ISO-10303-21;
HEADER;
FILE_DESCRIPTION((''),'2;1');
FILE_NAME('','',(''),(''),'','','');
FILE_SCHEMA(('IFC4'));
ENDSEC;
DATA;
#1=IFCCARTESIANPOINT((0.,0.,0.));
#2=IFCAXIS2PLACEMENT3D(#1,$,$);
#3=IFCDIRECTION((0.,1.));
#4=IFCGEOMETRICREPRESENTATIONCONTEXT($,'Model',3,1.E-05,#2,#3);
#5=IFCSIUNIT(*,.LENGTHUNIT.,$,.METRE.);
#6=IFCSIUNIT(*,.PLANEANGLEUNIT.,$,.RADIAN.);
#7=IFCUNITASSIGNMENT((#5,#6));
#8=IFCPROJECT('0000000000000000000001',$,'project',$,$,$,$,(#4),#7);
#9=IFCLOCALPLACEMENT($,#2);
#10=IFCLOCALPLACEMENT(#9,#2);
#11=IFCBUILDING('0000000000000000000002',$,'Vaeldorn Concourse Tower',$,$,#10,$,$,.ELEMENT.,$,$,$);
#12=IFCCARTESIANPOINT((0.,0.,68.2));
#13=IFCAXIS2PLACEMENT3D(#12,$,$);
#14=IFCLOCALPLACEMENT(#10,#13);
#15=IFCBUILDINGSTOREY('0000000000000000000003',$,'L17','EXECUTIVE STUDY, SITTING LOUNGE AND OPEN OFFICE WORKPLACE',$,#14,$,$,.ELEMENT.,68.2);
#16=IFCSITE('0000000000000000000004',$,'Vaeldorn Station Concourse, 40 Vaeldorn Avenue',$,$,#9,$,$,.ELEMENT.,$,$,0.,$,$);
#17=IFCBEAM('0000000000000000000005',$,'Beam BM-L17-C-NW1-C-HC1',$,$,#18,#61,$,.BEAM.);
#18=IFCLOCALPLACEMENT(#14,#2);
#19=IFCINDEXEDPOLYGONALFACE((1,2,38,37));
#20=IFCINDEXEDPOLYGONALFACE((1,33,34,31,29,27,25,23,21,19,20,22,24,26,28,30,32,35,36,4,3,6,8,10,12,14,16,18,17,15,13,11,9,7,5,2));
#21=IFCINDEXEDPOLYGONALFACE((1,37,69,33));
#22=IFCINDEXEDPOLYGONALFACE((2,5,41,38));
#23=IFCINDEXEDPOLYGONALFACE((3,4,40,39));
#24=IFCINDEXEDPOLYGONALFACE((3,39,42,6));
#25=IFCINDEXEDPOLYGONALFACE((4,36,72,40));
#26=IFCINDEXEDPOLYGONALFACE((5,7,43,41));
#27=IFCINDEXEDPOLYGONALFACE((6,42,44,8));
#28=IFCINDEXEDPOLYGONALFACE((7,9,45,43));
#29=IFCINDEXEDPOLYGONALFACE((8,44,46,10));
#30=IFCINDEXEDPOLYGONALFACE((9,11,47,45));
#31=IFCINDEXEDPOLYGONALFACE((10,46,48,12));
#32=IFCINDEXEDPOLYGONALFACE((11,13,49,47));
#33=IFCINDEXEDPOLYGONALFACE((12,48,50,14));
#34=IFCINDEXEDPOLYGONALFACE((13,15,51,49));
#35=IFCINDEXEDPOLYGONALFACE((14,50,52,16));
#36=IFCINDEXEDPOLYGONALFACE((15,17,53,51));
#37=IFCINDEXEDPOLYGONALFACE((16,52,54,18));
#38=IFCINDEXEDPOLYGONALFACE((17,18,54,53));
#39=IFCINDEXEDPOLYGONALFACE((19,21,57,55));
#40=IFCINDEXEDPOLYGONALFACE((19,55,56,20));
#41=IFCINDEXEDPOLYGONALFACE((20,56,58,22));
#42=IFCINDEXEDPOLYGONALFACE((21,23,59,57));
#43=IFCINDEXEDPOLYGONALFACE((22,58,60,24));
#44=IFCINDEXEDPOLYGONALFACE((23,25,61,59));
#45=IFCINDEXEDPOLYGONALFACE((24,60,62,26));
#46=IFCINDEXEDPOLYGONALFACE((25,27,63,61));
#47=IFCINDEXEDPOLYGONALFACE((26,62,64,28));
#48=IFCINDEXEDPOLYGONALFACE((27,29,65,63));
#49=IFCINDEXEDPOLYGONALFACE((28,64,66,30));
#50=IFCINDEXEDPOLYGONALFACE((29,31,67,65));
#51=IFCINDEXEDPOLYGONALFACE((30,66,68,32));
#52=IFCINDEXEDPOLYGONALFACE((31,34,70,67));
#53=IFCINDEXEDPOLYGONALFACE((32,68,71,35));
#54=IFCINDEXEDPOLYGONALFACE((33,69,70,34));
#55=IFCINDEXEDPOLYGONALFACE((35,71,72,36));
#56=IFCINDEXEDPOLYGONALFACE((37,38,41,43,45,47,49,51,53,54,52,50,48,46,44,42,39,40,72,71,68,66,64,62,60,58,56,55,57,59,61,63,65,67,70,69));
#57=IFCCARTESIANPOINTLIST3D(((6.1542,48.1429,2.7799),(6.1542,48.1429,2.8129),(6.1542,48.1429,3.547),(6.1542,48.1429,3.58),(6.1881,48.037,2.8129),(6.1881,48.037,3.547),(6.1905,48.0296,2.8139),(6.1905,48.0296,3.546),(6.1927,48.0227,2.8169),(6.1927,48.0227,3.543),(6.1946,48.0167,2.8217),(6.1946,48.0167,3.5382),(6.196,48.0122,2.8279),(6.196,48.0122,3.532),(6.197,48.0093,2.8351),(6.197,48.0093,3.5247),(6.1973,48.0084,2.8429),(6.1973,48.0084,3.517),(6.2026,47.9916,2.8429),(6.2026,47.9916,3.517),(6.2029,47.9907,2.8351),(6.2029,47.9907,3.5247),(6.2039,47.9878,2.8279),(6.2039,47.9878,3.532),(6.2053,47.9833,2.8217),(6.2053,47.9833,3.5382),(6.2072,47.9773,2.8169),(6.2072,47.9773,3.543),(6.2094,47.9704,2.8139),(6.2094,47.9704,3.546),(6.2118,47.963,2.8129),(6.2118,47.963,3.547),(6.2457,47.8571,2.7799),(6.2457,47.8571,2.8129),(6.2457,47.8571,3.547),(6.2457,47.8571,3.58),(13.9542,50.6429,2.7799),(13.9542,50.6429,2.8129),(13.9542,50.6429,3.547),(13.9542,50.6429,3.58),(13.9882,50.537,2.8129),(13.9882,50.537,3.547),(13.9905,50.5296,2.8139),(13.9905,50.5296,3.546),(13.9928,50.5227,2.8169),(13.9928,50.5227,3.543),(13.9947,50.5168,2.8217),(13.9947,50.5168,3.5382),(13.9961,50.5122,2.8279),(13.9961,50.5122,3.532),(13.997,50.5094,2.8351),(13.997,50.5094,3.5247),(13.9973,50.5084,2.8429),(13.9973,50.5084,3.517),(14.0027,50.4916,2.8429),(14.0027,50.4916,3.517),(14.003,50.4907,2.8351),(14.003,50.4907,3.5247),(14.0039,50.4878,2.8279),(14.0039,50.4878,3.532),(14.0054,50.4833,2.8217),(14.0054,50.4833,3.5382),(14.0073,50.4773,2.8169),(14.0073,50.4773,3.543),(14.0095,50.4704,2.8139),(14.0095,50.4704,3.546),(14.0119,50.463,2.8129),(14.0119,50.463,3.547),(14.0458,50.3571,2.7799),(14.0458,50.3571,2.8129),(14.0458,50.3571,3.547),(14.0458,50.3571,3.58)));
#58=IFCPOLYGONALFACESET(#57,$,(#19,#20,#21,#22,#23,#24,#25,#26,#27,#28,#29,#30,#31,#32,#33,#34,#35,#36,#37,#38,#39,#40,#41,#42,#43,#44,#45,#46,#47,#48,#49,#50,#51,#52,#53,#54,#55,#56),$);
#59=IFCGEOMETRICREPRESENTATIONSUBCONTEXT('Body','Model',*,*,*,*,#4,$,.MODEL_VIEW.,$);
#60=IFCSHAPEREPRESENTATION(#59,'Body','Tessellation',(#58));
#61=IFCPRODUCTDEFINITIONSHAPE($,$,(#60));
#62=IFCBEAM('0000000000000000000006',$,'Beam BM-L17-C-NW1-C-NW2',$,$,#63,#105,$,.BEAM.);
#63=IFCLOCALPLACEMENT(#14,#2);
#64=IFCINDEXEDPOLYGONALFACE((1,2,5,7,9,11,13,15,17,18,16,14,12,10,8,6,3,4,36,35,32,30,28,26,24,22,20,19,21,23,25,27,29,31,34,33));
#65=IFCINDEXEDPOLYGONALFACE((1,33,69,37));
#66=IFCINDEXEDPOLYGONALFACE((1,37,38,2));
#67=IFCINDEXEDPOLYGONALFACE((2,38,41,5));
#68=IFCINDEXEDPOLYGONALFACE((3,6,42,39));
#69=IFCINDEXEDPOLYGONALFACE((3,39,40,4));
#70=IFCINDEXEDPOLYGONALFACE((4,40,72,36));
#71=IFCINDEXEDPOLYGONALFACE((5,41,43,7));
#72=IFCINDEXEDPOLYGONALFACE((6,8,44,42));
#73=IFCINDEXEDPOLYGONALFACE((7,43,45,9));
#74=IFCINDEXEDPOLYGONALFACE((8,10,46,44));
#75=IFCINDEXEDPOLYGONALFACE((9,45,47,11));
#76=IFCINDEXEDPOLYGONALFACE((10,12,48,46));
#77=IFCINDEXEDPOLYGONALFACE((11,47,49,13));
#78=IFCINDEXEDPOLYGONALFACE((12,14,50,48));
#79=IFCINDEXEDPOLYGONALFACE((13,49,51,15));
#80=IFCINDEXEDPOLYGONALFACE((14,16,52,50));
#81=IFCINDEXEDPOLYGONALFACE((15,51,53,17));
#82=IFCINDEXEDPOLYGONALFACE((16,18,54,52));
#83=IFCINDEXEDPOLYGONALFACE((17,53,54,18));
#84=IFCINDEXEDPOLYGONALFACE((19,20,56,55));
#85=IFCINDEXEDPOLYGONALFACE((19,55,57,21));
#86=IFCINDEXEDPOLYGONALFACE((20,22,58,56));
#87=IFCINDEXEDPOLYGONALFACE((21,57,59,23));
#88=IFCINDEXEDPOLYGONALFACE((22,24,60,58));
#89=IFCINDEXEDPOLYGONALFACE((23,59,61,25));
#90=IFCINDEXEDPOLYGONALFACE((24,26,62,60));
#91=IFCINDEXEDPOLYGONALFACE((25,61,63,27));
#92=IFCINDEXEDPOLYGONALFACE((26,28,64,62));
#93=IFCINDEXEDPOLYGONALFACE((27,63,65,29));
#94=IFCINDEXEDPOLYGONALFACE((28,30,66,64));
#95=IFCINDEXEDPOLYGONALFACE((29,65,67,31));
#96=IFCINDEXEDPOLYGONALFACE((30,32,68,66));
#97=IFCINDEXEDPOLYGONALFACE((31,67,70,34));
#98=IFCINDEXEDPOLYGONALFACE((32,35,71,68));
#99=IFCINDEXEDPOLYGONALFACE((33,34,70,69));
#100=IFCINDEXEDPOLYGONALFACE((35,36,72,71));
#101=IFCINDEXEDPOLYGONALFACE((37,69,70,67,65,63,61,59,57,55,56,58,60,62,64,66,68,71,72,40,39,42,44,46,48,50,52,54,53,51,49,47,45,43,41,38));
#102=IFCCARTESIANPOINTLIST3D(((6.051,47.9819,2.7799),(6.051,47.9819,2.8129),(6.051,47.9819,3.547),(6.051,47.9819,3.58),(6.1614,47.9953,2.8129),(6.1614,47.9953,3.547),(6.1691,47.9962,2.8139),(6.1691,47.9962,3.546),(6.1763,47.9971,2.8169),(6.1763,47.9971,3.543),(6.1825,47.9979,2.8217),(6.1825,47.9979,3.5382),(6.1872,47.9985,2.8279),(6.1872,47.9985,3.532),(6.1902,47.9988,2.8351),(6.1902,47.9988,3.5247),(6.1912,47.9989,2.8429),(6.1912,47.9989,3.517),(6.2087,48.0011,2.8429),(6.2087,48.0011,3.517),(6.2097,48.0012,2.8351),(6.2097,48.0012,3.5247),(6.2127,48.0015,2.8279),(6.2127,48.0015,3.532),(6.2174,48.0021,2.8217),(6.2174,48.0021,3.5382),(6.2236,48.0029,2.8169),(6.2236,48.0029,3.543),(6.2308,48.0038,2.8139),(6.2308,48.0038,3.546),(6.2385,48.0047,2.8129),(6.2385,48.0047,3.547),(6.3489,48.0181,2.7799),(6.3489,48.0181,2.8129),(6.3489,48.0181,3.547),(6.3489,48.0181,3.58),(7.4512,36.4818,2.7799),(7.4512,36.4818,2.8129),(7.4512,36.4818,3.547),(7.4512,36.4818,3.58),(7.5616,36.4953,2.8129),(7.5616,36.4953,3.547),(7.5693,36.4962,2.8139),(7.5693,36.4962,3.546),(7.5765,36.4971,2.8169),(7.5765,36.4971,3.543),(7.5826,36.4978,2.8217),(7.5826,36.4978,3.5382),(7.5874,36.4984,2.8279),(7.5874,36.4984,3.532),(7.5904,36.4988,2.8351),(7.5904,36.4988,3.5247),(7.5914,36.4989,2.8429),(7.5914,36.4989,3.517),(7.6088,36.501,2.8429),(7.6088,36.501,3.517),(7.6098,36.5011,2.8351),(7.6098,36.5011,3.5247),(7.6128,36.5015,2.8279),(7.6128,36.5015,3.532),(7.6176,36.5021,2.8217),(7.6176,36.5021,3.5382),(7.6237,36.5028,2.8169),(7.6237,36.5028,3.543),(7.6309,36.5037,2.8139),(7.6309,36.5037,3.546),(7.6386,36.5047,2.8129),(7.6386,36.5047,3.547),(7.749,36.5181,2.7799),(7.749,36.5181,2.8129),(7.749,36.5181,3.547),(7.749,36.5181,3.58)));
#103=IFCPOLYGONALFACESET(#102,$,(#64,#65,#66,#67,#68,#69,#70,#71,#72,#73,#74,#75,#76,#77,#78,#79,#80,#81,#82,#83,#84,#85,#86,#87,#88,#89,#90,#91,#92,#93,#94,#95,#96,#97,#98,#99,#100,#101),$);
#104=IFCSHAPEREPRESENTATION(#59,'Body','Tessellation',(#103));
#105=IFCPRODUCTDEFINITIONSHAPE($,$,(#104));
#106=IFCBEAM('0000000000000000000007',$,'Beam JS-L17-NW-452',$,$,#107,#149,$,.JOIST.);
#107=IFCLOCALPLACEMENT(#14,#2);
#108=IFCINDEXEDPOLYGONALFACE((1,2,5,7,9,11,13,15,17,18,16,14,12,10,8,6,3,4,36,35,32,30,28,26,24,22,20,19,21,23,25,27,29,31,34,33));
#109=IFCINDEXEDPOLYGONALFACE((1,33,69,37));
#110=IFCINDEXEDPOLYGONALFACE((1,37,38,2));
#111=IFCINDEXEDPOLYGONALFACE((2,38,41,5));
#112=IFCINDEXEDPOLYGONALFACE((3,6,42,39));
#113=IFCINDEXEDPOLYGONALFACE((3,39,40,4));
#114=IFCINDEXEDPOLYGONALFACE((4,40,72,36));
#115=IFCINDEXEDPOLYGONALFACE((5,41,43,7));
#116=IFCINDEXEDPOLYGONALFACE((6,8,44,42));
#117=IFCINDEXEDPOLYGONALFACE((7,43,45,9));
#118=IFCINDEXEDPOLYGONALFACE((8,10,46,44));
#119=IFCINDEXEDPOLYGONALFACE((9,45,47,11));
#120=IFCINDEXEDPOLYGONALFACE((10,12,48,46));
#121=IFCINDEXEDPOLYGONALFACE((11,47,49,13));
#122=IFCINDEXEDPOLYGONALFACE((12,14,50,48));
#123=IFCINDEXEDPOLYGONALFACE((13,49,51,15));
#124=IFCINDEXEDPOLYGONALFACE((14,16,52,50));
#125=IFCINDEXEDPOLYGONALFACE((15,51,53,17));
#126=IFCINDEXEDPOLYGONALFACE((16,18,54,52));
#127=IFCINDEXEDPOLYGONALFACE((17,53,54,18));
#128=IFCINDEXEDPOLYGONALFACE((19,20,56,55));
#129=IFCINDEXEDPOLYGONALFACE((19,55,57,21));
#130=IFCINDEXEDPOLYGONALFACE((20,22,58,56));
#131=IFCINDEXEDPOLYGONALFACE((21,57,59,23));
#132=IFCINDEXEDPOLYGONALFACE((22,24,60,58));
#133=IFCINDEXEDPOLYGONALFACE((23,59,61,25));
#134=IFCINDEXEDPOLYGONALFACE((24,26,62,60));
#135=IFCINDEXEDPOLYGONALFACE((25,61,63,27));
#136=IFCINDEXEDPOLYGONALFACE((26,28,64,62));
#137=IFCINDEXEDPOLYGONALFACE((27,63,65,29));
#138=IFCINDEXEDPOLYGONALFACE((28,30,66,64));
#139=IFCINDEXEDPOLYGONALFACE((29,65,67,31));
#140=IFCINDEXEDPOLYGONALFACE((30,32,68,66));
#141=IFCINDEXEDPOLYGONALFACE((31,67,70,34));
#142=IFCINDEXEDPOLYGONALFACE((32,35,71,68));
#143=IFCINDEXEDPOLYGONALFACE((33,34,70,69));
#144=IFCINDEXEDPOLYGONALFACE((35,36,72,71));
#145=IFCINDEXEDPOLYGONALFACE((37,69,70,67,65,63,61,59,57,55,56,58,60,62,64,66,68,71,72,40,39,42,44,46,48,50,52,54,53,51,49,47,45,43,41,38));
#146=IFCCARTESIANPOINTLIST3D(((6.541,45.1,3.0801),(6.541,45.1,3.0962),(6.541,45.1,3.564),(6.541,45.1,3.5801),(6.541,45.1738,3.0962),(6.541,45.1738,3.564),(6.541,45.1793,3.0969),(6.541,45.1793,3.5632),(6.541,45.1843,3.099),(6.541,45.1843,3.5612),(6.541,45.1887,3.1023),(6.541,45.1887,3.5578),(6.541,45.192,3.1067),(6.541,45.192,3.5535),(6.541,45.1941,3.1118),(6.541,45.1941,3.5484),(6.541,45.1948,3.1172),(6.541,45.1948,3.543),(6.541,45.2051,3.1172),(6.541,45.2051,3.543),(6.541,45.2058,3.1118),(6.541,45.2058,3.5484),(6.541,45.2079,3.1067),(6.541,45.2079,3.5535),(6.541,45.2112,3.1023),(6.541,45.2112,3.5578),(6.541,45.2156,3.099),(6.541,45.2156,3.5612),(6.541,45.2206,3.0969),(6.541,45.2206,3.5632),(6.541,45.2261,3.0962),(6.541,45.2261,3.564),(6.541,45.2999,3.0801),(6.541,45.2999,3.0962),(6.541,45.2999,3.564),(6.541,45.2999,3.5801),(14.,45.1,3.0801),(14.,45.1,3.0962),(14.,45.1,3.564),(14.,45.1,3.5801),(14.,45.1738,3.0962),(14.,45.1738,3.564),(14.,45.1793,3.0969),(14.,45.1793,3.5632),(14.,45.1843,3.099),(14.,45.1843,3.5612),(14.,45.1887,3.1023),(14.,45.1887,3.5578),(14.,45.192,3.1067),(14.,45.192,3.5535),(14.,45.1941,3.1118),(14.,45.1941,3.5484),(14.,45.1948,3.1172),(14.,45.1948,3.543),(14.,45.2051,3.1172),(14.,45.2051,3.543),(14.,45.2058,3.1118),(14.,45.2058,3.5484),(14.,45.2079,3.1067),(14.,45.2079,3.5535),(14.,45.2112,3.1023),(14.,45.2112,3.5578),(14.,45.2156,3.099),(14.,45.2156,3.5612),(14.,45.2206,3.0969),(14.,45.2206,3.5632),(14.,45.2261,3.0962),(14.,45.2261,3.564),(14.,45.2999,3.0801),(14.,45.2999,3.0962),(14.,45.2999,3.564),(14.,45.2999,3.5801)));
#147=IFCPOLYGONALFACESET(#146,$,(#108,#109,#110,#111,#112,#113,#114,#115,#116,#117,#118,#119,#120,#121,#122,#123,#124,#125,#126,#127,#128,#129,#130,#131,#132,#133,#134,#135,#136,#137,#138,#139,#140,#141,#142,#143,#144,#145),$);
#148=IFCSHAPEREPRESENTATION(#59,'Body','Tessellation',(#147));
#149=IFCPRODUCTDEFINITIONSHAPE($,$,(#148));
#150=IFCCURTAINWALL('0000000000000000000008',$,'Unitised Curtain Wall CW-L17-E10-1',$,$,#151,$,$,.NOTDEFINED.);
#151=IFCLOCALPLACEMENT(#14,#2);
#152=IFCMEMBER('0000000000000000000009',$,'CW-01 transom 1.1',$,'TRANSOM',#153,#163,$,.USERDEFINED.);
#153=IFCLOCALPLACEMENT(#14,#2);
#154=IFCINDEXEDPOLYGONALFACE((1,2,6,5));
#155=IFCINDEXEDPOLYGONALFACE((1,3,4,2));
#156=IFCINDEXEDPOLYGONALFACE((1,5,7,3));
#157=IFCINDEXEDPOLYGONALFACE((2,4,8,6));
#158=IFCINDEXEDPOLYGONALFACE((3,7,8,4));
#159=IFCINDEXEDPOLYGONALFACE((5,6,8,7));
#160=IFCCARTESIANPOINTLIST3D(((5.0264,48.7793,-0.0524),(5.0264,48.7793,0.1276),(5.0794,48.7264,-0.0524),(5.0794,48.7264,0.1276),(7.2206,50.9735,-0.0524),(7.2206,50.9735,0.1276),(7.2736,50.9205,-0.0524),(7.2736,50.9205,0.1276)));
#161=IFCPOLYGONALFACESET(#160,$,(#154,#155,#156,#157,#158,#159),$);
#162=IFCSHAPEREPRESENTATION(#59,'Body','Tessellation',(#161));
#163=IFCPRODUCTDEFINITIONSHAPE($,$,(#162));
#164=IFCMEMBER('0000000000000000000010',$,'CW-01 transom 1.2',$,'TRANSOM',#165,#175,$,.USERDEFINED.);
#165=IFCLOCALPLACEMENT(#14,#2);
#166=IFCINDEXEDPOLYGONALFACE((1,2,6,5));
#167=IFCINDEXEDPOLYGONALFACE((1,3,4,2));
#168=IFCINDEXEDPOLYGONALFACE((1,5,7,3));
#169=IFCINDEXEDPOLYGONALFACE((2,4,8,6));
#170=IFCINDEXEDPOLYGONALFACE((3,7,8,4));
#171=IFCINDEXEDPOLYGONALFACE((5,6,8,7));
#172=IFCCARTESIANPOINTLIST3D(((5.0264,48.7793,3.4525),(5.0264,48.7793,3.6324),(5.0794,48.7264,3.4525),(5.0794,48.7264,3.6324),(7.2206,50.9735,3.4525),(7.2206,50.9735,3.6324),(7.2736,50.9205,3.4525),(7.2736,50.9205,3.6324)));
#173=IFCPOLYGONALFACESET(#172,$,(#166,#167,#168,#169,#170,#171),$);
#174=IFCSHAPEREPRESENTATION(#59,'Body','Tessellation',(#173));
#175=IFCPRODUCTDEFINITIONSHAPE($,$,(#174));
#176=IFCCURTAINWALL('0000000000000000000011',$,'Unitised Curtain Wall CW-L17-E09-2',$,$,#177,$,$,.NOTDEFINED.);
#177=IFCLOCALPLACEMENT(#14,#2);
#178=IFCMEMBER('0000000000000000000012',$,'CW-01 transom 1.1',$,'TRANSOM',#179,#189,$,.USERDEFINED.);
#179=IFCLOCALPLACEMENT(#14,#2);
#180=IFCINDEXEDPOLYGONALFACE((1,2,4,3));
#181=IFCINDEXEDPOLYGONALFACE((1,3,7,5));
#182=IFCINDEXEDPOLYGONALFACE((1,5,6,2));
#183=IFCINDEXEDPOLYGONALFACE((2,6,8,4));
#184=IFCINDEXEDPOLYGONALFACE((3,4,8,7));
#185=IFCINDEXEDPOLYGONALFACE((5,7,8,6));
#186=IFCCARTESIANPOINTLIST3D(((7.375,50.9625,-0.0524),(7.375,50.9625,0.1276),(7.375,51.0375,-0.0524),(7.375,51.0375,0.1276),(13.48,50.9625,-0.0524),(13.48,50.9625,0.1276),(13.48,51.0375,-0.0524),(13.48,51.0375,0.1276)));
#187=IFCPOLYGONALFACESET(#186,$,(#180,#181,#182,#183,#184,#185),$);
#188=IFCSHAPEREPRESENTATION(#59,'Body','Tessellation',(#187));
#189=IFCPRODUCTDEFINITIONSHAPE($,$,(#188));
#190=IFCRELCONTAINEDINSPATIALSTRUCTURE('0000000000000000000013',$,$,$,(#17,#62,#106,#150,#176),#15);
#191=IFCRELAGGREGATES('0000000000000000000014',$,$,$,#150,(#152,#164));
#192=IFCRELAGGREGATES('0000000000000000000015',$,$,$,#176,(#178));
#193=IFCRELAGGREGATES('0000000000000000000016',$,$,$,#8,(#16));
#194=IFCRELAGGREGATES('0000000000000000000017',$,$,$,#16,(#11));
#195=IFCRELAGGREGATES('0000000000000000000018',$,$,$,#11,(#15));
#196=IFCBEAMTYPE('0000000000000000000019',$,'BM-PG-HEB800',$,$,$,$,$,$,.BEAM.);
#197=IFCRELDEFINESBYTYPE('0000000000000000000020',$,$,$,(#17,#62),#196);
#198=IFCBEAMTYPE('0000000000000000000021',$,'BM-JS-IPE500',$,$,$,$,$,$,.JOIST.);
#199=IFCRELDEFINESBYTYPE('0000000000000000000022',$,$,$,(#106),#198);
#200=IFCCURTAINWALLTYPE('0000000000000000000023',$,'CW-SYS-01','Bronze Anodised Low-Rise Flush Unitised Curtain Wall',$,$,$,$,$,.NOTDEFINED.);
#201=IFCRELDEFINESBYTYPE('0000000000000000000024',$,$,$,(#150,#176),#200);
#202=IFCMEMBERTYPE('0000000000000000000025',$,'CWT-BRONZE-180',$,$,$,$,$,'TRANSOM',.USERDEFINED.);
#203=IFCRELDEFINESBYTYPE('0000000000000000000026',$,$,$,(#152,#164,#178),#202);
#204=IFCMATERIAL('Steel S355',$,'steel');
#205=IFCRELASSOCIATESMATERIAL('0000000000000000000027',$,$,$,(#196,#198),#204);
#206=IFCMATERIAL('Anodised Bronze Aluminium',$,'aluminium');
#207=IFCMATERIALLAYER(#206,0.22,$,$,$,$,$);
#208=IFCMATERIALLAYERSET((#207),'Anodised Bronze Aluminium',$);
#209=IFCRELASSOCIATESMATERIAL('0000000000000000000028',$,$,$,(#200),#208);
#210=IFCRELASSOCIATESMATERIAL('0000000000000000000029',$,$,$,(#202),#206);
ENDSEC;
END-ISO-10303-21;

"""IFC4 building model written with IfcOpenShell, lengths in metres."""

from ifc_helpers import new_model, si_unit, direction, frame, origin, origin_2d, place, context, subcontext, project, spatial, rectangle, i_section, extrude, source, transform, mapped, material, layer, layer_set, material_profile, profile_set, type_object, element, aggregate, save


model = new_model("IFC4")

# Units and contexts
model_context = context("Model", 3, precision=1e-05, world=origin(), true_north=direction((0.0, 1.0)))
body_context = subcontext(model_context, "Body", "Model", "MODEL_VIEW")
ifc_project = project(units=[si_unit("LENGTHUNIT", "METRE"), si_unit("PLANEANGLEUNIT", "RADIAN")], contexts=[model_context])

# Site, building, storey
site_placement = place(None, origin())
site = spatial("IfcSite", under=ifc_project, at=site_placement, Name="Vaeldorn Station Concourse, 40 Vaeldorn Avenue", CompositionType="ELEMENT", RefElevation=0.0)
building_placement = place(site_placement, origin())
building = spatial("IfcBuilding", under=site, at=building_placement, Name="Vaeldorn Concourse Tower", CompositionType="ELEMENT")
storey_placement = place(building_placement, frame((0.0, 0.0, 68.2)))
storey = spatial("IfcBuildingStorey", under=building, at=storey_placement, Name="L17", Description="EXECUTIVE STUDY, SITTING LOUNGE AND OPEN OFFICE WORKPLACE", CompositionType="ELEMENT", Elevation=68.2)

# Beams
ifc_material_1 = material(Name="Steel S355", Category="steel")
ifc_material_profile_1 = material_profile(ifc_material_1, i_section(OverallWidth=0.3, OverallDepth=0.8, WebThickness=0.0176, FlangeThickness=0.033, FilletRadius=0.03, at=origin_2d()), Name="HEB 800")
ifc_profile_set_1 = profile_set([ifc_material_profile_1], Name="Steel S355")
beam_type_1 = type_object("IfcBeamType", Name="BM-PG-HEB800", PredefinedType="BEAM", material=ifc_profile_set_1)
shared_shape_1 = source(origin(), body_context, "Body", "SweptSolid", [
    extrude(i_section(OverallWidth=0.3, OverallDepth=0.8, WebThickness=0.0176, FlangeThickness=0.033, FilletRadius=0.03, at=origin_2d()), origin(), (0.0, 0.0, 1.0), 8.1909),
])
beam_1_placement = place(storey_placement, frame((6.2, 48.0, 3.1799), z_axis=(0.952283, 0.305217, 0.0), x_axis=(-0.305217, 0.952283, 0.0)))
element("IfcBeam", 1, at=beam_1_placement, inside=storey, type_object=beam_type_1, Name="Beam BM-L17-C-NW1-C-HC1", PredefinedType="BEAM", context=body_context, shape_type="MappedRepresentation", body=[
    mapped(shared_shape_1, transform((0.0, 0.0, 0.0), scale=1.0)),
])
shared_shape_2 = source(origin(), body_context, "Body", "SweptSolid", [
    extrude(i_section(OverallWidth=0.3, OverallDepth=0.8, WebThickness=0.0176, FlangeThickness=0.033, FilletRadius=0.03, at=origin_2d()), origin(), (0.0, 0.0, 1.0), 11.585),
])
beam_2_placement = place(storey_placement, frame((6.2, 48.0, 3.1799), z_axis=(0.120859, -0.99267, 0.0), x_axis=(0.99267, 0.120859, 0.0)))
element("IfcBeam", 2, at=beam_2_placement, inside=storey, type_object=beam_type_1, Name="Beam BM-L17-C-NW1-C-NW2", PredefinedType="BEAM", context=body_context, shape_type="MappedRepresentation", body=[
    mapped(shared_shape_2, transform((0.0, 0.0, 0.0), scale=1.0)),
])
ifc_material_profile_2 = material_profile(ifc_material_1, i_section(OverallWidth=0.2, OverallDepth=0.5, WebThickness=0.0103, FlangeThickness=0.0161, FilletRadius=0.021, at=origin_2d()), Name="IPE 500")
ifc_profile_set_2 = profile_set([ifc_material_profile_2], Name="Steel S355")
beam_type_2 = type_object("IfcBeamType", Name="BM-JS-IPE500", PredefinedType="JOIST", material=ifc_profile_set_2)
shared_shape_3 = source(origin(), body_context, "Body", "SweptSolid", [
    extrude(i_section(OverallWidth=0.2, OverallDepth=0.5, WebThickness=0.0103, FlangeThickness=0.0161, FilletRadius=0.021, at=origin_2d()), origin(), (0.0, 0.0, 1.0), 7.459),
])
beam_3_placement = place(storey_placement, frame((6.541, 45.2, 3.3301), z_axis=(1.0, 0.0, 0.0), x_axis=(0.0, 1.0, 0.0)))
element("IfcBeam", 3, at=beam_3_placement, inside=storey, type_object=beam_type_2, Name="Beam JS-L17-NW-452", PredefinedType="JOIST", context=body_context, shape_type="MappedRepresentation", body=[
    mapped(shared_shape_3, transform((0.0, 0.0, 0.0), scale=1.0)),
])

# Curtain walls, members
ifc_material_2 = material(Name="Anodised Bronze Aluminium", Category="aluminium")
ifc_layer_1 = layer(ifc_material_2, 0.22)
ifc_layer_set_1 = layer_set([ifc_layer_1], Name="Anodised Bronze Aluminium")
curtain_wall_type = type_object("IfcCurtainWallType", Name="CW-SYS-01", Description="Bronze Anodised Low-Rise Flush Unitised Curtain Wall", PredefinedType="NOTDEFINED", material=ifc_layer_set_1)
curtain_wall_1_placement = place(storey_placement, origin())
curtain_wall_1 = element("IfcCurtainWall", 4, at=curtain_wall_1_placement, inside=storey, type_object=curtain_wall_type, Name="Unitised Curtain Wall CW-L17-E10-1", PredefinedType="NOTDEFINED")
ifc_material_profile_3 = material_profile(ifc_material_2, rectangle(XDim=0.075, YDim=0.1799, at=origin_2d()), Name="CWT 75x180")
ifc_profile_set_3 = profile_set([ifc_material_profile_3], Name="Anodised Bronze Aluminium")
member_type_1 = type_object("IfcMemberType", Name="CWT-BRONZE-180", ElementType="TRANSOM", PredefinedType="USERDEFINED", material=ifc_profile_set_3)
shared_shape_4 = source(origin(), body_context, "Body", "SweptSolid", [
    extrude(rectangle(XDim=0.075, YDim=0.1799, at=origin_2d()), origin(), (0.0, 0.0, 1.0), 3.103),
])
member_1_placement = place(storey_placement, frame((7.2471, 50.947, 0.0376), z_axis=(-0.707107, -0.707107, 0.0), x_axis=(0.707107, -0.707107, 0.0)))
member_1 = element("IfcMember", 5, at=member_1_placement, type_object=member_type_1, Name="CW-01 transom 1.1", ObjectType="TRANSOM", PredefinedType="USERDEFINED", context=body_context, shape_type="MappedRepresentation", body=[
    mapped(shared_shape_4, transform((0.0, 0.0, 0.0), scale=1.0)),
])
member_2_placement = place(storey_placement, frame((7.2471, 50.947, 3.5425), z_axis=(-0.707107, -0.707107, 0.0), x_axis=(0.707107, -0.707107, 0.0)))
member_2 = element("IfcMember", 6, at=member_2_placement, type_object=member_type_1, Name="CW-01 transom 1.2", ObjectType="TRANSOM", PredefinedType="USERDEFINED", context=body_context, shape_type="MappedRepresentation", body=[
    mapped(shared_shape_4, transform((0.0, 0.0, 0.0), scale=1.0)),
])
curtain_wall_2_placement = place(storey_placement, origin())
curtain_wall_2 = element("IfcCurtainWall", 7, at=curtain_wall_2_placement, inside=storey, type_object=curtain_wall_type, Name="Unitised Curtain Wall CW-L17-E09-2", PredefinedType="NOTDEFINED")
shared_shape_5 = source(origin(), body_context, "Body", "SweptSolid", [
    extrude(rectangle(XDim=0.075, YDim=0.1799, at=origin_2d()), origin(), (0.0, 0.0, 1.0), 6.105),
])
member_3_placement = place(storey_placement, frame((13.48, 51.0, 0.0376), z_axis=(-1.0, 0.0, 0.0), x_axis=(0.0, -1.0, 0.0)))
member_3 = element("IfcMember", 8, at=member_3_placement, type_object=member_type_1, Name="CW-01 transom 1.1", ObjectType="TRANSOM", PredefinedType="USERDEFINED", context=body_context, shape_type="MappedRepresentation", body=[
    mapped(shared_shape_5, transform((0.0, 0.0, 0.0), scale=1.0)),
])

aggregate(curtain_wall_1, [member_1, member_2])
aggregate(curtain_wall_2, [member_3])

save(model, "model.ifc")
